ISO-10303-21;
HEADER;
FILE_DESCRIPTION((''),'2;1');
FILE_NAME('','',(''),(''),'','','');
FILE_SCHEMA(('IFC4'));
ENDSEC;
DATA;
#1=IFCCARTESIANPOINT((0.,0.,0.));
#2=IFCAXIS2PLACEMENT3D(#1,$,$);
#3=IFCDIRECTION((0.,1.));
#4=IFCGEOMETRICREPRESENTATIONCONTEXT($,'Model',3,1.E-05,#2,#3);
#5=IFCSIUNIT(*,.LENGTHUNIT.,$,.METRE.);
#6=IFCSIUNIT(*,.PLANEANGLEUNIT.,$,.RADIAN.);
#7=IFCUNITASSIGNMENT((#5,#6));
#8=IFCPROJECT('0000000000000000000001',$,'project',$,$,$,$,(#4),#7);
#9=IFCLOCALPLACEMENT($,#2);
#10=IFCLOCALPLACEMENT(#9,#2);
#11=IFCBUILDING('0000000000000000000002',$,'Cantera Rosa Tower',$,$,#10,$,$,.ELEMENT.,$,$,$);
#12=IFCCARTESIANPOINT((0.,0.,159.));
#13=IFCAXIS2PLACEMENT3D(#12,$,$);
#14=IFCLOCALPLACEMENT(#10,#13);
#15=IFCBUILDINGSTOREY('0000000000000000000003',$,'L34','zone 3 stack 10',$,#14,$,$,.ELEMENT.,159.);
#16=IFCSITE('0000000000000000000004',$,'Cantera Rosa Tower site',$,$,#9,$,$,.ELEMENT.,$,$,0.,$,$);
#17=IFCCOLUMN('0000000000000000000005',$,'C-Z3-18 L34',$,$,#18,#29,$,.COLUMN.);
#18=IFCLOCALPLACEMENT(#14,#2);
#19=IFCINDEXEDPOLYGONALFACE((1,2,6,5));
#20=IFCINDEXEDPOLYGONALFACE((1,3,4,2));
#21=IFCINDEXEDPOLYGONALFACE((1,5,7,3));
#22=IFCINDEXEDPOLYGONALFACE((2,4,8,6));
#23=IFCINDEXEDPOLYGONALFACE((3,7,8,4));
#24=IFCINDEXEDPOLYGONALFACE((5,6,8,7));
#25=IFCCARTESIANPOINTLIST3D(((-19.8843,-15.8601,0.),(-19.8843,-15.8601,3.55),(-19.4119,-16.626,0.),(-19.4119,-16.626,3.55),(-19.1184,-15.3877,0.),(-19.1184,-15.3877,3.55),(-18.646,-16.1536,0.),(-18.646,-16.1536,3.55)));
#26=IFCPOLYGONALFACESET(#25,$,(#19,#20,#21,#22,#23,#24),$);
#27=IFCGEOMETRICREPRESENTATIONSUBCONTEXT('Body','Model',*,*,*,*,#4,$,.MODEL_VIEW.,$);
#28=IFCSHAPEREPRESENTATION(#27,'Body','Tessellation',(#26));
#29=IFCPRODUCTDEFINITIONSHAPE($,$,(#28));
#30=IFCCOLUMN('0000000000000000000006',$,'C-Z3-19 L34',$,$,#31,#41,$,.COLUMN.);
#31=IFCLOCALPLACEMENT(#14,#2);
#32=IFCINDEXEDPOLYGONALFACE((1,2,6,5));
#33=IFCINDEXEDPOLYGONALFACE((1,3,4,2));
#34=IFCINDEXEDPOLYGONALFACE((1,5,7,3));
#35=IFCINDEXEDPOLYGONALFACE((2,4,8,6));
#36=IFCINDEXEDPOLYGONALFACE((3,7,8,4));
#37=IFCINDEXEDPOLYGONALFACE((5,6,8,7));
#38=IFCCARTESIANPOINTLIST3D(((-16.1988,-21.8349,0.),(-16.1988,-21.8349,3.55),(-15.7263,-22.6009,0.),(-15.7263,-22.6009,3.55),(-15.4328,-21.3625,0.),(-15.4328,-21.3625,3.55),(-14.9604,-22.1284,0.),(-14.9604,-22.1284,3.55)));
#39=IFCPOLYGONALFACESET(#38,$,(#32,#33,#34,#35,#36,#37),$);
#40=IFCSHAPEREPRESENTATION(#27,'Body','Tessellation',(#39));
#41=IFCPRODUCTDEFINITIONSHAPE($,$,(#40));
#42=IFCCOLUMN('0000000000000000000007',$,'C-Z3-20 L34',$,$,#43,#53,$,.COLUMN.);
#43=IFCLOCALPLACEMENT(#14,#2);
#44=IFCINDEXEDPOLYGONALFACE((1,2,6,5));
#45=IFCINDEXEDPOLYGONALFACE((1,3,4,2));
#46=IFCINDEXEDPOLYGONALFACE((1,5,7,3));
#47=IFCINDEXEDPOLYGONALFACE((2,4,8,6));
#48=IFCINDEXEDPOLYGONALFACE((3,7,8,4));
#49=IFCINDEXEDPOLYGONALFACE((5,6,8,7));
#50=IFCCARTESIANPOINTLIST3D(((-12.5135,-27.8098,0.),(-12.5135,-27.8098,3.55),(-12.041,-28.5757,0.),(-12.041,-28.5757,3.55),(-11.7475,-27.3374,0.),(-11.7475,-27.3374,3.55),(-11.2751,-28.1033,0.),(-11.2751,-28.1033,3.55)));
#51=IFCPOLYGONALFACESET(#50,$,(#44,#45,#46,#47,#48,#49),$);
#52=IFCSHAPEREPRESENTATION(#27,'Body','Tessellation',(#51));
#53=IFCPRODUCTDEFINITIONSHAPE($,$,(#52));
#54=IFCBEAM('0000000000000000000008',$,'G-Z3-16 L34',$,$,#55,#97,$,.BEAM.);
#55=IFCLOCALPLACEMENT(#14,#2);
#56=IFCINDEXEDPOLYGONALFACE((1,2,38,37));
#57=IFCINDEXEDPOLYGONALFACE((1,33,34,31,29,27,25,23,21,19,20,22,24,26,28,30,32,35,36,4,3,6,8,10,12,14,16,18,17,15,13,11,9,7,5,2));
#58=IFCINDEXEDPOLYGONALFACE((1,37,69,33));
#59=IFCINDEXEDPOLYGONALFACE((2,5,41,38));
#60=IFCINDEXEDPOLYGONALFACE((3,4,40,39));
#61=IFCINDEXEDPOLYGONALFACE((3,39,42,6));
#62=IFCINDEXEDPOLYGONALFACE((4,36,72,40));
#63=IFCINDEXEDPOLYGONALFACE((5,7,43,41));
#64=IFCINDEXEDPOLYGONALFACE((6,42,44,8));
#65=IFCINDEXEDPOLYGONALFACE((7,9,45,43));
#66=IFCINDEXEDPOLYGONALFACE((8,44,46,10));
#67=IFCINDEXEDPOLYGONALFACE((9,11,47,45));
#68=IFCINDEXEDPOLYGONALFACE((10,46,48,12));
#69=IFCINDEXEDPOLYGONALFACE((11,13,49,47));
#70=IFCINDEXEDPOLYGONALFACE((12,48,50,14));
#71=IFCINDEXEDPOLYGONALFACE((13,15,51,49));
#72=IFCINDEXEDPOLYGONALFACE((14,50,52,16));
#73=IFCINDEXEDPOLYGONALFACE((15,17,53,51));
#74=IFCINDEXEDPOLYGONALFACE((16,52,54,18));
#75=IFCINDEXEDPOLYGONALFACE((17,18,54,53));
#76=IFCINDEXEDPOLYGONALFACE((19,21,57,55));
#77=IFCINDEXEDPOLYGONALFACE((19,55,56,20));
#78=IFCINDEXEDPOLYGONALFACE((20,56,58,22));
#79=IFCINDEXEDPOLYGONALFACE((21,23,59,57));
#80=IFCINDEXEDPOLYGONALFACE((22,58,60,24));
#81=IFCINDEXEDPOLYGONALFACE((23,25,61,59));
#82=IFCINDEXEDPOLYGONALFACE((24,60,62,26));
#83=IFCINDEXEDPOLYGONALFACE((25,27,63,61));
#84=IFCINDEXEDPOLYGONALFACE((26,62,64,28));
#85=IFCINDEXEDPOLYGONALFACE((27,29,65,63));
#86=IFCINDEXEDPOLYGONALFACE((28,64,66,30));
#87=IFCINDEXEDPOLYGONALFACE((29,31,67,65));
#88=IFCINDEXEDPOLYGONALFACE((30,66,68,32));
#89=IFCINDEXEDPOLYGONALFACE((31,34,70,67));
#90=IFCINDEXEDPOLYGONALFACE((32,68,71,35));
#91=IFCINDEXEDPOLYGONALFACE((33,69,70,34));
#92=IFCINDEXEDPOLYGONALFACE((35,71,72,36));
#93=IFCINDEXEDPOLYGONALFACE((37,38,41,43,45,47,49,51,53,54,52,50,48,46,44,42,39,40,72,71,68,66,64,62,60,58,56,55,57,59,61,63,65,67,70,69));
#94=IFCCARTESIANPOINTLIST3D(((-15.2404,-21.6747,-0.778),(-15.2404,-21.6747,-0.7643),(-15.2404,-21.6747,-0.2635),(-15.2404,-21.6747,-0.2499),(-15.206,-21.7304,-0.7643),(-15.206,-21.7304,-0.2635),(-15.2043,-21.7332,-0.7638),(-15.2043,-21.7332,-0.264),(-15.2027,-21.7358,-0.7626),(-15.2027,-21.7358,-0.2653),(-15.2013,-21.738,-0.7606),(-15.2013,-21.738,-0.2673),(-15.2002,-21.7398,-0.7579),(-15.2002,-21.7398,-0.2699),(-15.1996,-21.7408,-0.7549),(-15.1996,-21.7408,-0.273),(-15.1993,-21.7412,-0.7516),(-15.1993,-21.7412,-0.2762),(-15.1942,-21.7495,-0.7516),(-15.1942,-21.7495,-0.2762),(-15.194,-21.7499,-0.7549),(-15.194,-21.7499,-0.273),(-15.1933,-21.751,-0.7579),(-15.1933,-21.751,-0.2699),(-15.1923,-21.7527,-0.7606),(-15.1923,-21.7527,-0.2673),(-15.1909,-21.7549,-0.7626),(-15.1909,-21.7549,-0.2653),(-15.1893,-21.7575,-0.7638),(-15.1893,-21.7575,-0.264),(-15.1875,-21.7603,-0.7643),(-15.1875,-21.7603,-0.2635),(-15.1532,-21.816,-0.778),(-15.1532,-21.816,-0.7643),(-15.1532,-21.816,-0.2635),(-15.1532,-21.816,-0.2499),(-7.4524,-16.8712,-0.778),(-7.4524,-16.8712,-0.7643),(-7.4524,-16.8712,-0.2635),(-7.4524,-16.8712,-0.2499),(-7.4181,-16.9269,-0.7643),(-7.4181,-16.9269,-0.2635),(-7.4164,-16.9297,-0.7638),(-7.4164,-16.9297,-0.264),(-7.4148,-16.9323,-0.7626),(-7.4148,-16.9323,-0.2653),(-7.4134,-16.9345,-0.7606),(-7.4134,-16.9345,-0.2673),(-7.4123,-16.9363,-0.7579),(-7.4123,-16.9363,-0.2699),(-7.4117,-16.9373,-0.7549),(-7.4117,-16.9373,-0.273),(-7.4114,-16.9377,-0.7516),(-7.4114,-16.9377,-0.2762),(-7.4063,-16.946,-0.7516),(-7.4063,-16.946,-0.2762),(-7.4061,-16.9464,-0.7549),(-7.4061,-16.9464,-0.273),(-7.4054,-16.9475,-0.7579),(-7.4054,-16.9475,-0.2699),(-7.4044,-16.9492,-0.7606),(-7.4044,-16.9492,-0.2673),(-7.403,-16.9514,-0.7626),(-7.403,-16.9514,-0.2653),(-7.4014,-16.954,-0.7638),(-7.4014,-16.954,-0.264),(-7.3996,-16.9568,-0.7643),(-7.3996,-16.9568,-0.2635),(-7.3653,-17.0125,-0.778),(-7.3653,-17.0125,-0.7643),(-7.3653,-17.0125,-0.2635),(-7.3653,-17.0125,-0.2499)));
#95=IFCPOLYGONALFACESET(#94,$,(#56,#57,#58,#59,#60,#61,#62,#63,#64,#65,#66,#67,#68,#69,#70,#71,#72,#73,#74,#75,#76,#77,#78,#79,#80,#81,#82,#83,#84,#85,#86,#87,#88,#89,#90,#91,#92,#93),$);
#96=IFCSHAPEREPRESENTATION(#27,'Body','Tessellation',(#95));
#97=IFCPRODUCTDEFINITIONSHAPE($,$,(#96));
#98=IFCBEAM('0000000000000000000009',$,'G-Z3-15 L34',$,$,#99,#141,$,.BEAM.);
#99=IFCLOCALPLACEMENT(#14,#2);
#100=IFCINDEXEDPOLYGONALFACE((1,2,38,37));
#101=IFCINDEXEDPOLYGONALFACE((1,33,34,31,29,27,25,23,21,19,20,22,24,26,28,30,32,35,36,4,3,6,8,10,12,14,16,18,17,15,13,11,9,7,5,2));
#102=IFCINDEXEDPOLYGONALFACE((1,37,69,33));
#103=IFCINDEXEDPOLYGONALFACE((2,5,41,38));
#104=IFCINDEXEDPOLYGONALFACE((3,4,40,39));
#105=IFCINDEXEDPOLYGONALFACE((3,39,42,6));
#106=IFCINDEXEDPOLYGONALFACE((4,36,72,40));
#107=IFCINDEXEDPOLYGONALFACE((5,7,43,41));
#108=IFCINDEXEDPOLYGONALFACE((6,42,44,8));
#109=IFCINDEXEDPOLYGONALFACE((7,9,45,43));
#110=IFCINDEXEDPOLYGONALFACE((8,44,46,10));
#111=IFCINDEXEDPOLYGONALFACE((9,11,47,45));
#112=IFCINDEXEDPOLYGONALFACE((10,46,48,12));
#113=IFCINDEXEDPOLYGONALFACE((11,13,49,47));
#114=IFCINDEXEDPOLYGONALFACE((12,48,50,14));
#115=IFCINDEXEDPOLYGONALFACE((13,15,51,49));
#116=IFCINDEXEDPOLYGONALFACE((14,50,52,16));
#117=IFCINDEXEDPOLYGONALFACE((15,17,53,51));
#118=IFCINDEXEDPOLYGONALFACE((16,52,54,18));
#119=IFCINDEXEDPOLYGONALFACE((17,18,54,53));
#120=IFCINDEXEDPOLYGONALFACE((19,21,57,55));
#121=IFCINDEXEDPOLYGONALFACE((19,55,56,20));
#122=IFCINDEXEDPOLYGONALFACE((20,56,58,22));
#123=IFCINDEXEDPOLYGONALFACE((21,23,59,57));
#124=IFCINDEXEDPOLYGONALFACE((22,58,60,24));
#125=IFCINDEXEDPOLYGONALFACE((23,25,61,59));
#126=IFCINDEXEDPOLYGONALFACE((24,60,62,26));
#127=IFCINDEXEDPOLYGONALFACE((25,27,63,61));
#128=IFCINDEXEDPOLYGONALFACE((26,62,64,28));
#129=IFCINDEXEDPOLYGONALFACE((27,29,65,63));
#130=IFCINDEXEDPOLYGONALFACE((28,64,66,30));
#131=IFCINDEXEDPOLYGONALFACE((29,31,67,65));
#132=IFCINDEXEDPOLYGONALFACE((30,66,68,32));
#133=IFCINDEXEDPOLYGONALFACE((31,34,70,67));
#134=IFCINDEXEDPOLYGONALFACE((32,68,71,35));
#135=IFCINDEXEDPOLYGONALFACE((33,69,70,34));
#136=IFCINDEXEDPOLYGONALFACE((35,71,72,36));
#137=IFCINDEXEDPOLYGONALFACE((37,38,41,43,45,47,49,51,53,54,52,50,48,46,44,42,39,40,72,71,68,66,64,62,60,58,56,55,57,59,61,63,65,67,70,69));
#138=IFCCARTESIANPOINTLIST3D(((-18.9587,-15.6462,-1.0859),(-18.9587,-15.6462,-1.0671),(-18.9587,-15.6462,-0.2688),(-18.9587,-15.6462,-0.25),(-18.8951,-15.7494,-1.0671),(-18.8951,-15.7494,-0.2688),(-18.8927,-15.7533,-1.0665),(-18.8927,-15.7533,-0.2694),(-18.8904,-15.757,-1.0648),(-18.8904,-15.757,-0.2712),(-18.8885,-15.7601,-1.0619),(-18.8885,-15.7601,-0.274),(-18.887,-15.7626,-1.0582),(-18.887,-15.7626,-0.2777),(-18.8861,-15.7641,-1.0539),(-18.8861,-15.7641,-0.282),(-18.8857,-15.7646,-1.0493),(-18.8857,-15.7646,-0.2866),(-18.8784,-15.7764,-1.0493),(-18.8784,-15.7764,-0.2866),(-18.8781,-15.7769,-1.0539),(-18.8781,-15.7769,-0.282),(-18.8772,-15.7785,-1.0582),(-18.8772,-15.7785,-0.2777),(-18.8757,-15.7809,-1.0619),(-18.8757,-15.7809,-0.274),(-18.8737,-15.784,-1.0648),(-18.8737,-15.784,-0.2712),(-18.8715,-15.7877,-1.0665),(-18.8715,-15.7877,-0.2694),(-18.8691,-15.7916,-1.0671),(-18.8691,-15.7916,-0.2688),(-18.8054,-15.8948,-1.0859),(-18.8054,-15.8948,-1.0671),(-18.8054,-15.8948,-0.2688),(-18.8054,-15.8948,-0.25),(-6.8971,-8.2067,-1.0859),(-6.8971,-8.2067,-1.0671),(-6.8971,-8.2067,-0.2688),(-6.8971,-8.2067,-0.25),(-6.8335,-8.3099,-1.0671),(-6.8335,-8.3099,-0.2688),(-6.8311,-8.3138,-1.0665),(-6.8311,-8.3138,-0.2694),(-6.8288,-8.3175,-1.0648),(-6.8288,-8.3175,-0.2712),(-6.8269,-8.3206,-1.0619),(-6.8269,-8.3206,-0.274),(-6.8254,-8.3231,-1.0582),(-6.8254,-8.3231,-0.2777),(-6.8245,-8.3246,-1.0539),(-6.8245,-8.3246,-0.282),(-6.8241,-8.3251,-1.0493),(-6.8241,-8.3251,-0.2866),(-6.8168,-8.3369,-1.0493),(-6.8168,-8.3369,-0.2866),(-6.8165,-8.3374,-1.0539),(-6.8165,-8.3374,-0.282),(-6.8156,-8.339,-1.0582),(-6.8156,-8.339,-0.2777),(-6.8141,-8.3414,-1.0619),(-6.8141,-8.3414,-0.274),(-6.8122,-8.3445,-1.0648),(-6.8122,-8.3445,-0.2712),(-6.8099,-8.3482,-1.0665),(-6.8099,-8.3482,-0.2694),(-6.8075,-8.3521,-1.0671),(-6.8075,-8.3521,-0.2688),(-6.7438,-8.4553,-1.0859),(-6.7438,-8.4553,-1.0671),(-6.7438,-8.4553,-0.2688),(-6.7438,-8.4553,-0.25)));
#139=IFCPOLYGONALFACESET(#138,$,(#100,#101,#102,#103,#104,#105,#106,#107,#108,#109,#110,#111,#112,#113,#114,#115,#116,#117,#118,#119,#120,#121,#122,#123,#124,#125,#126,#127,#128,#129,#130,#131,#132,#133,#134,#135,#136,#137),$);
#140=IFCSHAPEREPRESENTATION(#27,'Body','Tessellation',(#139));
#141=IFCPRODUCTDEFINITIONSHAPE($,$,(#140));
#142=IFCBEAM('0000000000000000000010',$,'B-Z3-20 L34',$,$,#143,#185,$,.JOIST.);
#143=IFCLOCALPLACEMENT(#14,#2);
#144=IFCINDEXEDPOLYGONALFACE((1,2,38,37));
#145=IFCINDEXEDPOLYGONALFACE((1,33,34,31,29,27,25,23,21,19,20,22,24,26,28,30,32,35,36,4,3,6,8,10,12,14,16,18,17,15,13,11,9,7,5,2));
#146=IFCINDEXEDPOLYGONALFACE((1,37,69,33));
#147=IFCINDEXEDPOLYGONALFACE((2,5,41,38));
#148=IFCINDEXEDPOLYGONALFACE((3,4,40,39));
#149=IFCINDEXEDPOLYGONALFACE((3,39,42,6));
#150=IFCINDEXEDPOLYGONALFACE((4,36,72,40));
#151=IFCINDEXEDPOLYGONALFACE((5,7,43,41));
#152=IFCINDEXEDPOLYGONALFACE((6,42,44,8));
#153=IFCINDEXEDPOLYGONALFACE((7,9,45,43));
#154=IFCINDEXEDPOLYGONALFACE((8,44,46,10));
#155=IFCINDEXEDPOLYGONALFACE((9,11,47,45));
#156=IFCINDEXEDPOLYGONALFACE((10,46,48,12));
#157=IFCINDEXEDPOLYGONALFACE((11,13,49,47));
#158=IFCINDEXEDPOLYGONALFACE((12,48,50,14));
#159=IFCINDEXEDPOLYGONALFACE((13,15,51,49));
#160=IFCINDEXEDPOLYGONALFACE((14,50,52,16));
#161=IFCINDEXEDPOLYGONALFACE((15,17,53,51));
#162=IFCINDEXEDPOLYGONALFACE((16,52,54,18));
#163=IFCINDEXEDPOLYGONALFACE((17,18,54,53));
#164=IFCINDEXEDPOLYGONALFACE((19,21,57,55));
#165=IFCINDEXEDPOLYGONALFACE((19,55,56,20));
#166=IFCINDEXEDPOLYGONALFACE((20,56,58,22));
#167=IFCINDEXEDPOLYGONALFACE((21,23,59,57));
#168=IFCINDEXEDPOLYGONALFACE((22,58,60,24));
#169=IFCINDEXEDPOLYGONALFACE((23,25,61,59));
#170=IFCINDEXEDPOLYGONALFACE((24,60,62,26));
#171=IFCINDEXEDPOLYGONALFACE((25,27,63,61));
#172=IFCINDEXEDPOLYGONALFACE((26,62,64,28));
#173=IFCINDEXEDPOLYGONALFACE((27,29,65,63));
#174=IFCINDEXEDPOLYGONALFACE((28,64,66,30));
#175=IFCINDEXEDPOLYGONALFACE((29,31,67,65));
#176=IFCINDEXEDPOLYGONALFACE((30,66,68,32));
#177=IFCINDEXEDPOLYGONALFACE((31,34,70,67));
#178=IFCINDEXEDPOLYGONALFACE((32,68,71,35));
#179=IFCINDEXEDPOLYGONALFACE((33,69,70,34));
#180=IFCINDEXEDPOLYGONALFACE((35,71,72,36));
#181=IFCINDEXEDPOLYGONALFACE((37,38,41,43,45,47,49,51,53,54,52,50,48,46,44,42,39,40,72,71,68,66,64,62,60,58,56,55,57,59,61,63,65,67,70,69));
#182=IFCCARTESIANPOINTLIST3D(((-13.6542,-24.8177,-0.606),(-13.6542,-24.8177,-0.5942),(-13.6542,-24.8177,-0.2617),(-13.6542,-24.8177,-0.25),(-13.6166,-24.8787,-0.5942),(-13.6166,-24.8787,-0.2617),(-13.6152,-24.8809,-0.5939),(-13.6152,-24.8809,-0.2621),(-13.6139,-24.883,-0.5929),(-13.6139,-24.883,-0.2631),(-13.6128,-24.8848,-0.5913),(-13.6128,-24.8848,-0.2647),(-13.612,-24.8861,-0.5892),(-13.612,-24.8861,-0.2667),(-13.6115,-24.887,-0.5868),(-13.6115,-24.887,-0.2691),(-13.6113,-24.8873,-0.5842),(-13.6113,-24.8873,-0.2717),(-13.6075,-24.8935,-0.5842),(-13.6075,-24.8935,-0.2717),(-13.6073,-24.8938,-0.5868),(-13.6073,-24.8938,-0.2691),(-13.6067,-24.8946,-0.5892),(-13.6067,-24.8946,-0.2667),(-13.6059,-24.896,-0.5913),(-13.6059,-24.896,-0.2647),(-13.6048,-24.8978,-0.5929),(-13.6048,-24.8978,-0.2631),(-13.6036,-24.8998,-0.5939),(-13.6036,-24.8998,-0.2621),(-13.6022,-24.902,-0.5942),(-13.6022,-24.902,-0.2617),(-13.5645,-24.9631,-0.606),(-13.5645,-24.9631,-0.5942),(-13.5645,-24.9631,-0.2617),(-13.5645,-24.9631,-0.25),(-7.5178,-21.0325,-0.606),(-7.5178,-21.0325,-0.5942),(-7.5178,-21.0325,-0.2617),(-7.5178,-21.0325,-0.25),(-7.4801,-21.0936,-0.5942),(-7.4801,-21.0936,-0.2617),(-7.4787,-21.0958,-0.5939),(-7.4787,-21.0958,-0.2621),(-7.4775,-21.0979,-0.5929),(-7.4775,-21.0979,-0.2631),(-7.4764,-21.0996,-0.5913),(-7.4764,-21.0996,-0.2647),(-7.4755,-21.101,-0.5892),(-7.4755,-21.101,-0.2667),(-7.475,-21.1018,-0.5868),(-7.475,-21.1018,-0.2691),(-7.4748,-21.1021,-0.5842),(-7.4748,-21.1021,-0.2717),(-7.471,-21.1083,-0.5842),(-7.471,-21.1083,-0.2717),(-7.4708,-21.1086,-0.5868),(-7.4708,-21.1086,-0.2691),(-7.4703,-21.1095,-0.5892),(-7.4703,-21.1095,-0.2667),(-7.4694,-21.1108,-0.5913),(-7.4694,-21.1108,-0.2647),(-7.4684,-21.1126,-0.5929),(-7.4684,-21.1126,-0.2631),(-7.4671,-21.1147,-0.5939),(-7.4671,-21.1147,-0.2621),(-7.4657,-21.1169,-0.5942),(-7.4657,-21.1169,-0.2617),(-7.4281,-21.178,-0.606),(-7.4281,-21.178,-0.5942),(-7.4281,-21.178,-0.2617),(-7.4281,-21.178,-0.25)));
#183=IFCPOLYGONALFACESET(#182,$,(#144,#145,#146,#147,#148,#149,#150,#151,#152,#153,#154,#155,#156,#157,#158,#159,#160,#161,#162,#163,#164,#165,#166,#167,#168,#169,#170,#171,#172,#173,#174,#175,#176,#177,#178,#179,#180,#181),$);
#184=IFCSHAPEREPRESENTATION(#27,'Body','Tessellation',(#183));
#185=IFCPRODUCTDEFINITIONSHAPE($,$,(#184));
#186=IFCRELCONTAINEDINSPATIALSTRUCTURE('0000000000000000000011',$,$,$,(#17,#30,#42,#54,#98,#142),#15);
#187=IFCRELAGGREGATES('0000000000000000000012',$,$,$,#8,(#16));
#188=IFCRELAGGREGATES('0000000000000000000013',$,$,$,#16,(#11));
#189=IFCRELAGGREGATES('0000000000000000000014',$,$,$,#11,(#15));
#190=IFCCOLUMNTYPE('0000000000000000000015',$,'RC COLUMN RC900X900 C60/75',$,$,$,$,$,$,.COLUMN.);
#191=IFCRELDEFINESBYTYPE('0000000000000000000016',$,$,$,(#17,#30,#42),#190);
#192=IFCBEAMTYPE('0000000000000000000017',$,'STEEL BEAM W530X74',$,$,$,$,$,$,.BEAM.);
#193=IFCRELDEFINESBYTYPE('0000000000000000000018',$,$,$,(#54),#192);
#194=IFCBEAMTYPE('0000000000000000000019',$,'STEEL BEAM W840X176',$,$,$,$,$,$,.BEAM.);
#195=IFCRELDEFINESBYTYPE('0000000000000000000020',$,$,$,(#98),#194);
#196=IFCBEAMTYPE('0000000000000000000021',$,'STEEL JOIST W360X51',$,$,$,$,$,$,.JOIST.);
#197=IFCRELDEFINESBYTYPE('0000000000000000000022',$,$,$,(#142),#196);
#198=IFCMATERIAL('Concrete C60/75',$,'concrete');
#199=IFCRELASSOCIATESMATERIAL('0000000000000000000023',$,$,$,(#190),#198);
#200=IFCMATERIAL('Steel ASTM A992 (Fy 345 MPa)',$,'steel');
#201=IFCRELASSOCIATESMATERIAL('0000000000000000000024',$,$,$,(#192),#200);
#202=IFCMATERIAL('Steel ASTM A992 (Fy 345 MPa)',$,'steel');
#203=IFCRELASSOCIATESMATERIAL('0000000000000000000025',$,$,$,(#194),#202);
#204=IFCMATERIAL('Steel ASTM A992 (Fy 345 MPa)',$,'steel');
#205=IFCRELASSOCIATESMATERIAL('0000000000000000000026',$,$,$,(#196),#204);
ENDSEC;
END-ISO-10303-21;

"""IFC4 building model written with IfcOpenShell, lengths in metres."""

from ifc_helpers import new_model, si_unit, direction, frame, origin, origin_2d, place, context, subcontext, project, spatial, rectangle, i_section, extrude, material, material_profile, profile_set, type_object, element, save


model = new_model("IFC4")

# Units and contexts
model_context = context("Model", 3, precision=1e-05, world=origin(), true_north=direction((0.0, 1.0)))
body_context = subcontext(model_context, "Body", "Model", "MODEL_VIEW")
ifc_project = project(units=[si_unit("LENGTHUNIT", "METRE"), si_unit("PLANEANGLEUNIT", "RADIAN")], contexts=[model_context])

# Site, building, storey
site_placement = place(None, origin())
site = spatial("IfcSite", under=ifc_project, at=site_placement, Name="Cantera Rosa Tower site", CompositionType="ELEMENT", RefElevation=0.0)
building_placement = place(site_placement, origin())
building = spatial("IfcBuilding", under=site, at=building_placement, Name="Cantera Rosa Tower", CompositionType="ELEMENT")
storey_placement = place(building_placement, frame((0.0, 0.0, 159.0)))
storey = spatial("IfcBuildingStorey", under=building, at=storey_placement, Name="L34", Description="zone 3 stack 10", CompositionType="ELEMENT", Elevation=159.0)

# Columns
ifc_material_1 = material(Name="Concrete C60/75", Category="concrete")
ifc_material_profile_1 = material_profile(ifc_material_1, rectangle(XDim=0.8999, YDim=0.8999, at=origin_2d()), Name="RC COLUMN RC900X900 C60/75")
ifc_profile_set_1 = profile_set([ifc_material_profile_1], Name="Concrete C60/75")
column_type = type_object("IfcColumnType", Name="RC COLUMN RC900X900 C60/75", PredefinedType="COLUMN", material=ifc_profile_set_1)
for number, where, z_axis, x_axis, name in (
    (1, (-19.2651, -16.0068, 0.0), (0.0, 0.0, 1.0), (0.851117, 0.524977, 0.0), "C-Z3-18 L34"),
    (2, (-15.5796, -21.9817, 0.0), (0.0, 0.0, 1.0), (0.851117, 0.524977, 0.0), "C-Z3-19 L34"),
    (3, (-11.8943, -27.9565, 0.0), (0.0, 0.0, 1.0), (0.851117, 0.524977, 0.0), "C-Z3-20 L34"),
):
    element("IfcColumn", number, at=place(storey_placement, frame(where, z_axis=z_axis, x_axis=x_axis)), inside=storey, type_object=column_type, Name=name, PredefinedType="COLUMN", context=body_context, shape_type="SweptSolid", body=[
        extrude(rectangle(XDim=0.8999, YDim=0.8999, at=origin_2d()), origin(), (0.0, 0.0, 1.0), 3.55),
    ])

# Beams
ifc_material_2 = material(Name="Steel ASTM A992 (Fy 345 MPa)", Category="steel")
ifc_material_profile_2 = material_profile(ifc_material_2, i_section(OverallWidth=0.166, OverallDepth=0.5281, WebThickness=0.0098, FlangeThickness=0.0137, FilletRadius=0.0127, at=origin_2d()), Name="W530X74")
ifc_profile_set_2 = profile_set([ifc_material_profile_2], Name="Steel ASTM A992 (Fy 345 MPa)")
beam_type_1 = type_object("IfcBeamType", Name="STEEL BEAM W530X74", PredefinedType="BEAM", material=ifc_profile_set_2)
beam_1_placement = place(storey_placement, frame((-15.1968, -21.7454, -0.5139), z_axis=(0.851124, 0.524965, 0.0), x_axis=(-0.524965, 0.851124, 0.0)))
element("IfcBeam", 4, at=beam_1_placement, inside=storey, type_object=beam_type_1, Name="G-Z3-16 L34", PredefinedType="BEAM", context=body_context, shape_type="SweptSolid", body=[
    extrude(i_section(OverallWidth=0.166, OverallDepth=0.5281, WebThickness=0.0098, FlangeThickness=0.0137, FilletRadius=0.0127, at=origin_2d()), origin(), (0.0, 0.0, 1.0), 9.1501),
])
ifc_material_3 = material(Name="Steel ASTM A992 (Fy 345 MPa)", Category="steel")
ifc_material_profile_3 = material_profile(ifc_material_3, i_section(OverallWidth=0.292, OverallDepth=0.8359, WebThickness=0.0139, FlangeThickness=0.0188, FilletRadius=0.0178, at=origin_2d()), Name="W840X176")
ifc_profile_set_3 = profile_set([ifc_material_profile_3], Name="Steel ASTM A992 (Fy 345 MPa)")
beam_type_2 = type_object("IfcBeamType", Name="STEEL BEAM W840X176", PredefinedType="BEAM", material=ifc_profile_set_3)
beam_2_placement = place(storey_placement, frame((-18.8821, -15.7705, -0.668), z_axis=(0.851123, 0.524966, 0.0), x_axis=(-0.524966, 0.851123, 0.0)))
element("IfcBeam", 5, at=beam_2_placement, inside=storey, type_object=beam_type_2, Name="G-Z3-15 L34", PredefinedType="BEAM", context=body_context, shape_type="SweptSolid", body=[
    extrude(i_section(OverallWidth=0.292, OverallDepth=0.8359, WebThickness=0.0139, FlangeThickness=0.0188, FilletRadius=0.0178, at=origin_2d()), origin(), (0.0, 0.0, 1.0), 14.1714),
])
ifc_material_4 = material(Name="Steel ASTM A992 (Fy 345 MPa)", Category="steel")
ifc_material_profile_4 = material_profile(ifc_material_4, i_section(OverallWidth=0.1709, OverallDepth=0.356, WebThickness=0.0073, FlangeThickness=0.0117, FilletRadius=0.01, at=origin_2d()), Name="W360X51")
ifc_profile_set_4 = profile_set([ifc_material_profile_4], Name="Steel ASTM A992 (Fy 345 MPa)")
beam_type_3 = type_object("IfcBeamType", Name="STEEL JOIST W360X51", PredefinedType="JOIST", material=ifc_profile_set_4)
beam_3_placement = place(storey_placement, frame((-13.6094, -24.8904, -0.428), z_axis=(0.851109, 0.524989, 0.0), x_axis=(-0.524989, 0.851109, 0.0)))
element("IfcBeam", 6, at=beam_3_placement, inside=storey, type_object=beam_type_3, Name="B-Z3-20 L34", PredefinedType="JOIST", context=body_context, shape_type="SweptSolid", body=[
    extrude(i_section(OverallWidth=0.1709, OverallDepth=0.356, WebThickness=0.0073, FlangeThickness=0.0117, FilletRadius=0.01, at=origin_2d()), origin(), (0.0, 0.0, 1.0), 7.21),
])

save(model, "model.ifc")
